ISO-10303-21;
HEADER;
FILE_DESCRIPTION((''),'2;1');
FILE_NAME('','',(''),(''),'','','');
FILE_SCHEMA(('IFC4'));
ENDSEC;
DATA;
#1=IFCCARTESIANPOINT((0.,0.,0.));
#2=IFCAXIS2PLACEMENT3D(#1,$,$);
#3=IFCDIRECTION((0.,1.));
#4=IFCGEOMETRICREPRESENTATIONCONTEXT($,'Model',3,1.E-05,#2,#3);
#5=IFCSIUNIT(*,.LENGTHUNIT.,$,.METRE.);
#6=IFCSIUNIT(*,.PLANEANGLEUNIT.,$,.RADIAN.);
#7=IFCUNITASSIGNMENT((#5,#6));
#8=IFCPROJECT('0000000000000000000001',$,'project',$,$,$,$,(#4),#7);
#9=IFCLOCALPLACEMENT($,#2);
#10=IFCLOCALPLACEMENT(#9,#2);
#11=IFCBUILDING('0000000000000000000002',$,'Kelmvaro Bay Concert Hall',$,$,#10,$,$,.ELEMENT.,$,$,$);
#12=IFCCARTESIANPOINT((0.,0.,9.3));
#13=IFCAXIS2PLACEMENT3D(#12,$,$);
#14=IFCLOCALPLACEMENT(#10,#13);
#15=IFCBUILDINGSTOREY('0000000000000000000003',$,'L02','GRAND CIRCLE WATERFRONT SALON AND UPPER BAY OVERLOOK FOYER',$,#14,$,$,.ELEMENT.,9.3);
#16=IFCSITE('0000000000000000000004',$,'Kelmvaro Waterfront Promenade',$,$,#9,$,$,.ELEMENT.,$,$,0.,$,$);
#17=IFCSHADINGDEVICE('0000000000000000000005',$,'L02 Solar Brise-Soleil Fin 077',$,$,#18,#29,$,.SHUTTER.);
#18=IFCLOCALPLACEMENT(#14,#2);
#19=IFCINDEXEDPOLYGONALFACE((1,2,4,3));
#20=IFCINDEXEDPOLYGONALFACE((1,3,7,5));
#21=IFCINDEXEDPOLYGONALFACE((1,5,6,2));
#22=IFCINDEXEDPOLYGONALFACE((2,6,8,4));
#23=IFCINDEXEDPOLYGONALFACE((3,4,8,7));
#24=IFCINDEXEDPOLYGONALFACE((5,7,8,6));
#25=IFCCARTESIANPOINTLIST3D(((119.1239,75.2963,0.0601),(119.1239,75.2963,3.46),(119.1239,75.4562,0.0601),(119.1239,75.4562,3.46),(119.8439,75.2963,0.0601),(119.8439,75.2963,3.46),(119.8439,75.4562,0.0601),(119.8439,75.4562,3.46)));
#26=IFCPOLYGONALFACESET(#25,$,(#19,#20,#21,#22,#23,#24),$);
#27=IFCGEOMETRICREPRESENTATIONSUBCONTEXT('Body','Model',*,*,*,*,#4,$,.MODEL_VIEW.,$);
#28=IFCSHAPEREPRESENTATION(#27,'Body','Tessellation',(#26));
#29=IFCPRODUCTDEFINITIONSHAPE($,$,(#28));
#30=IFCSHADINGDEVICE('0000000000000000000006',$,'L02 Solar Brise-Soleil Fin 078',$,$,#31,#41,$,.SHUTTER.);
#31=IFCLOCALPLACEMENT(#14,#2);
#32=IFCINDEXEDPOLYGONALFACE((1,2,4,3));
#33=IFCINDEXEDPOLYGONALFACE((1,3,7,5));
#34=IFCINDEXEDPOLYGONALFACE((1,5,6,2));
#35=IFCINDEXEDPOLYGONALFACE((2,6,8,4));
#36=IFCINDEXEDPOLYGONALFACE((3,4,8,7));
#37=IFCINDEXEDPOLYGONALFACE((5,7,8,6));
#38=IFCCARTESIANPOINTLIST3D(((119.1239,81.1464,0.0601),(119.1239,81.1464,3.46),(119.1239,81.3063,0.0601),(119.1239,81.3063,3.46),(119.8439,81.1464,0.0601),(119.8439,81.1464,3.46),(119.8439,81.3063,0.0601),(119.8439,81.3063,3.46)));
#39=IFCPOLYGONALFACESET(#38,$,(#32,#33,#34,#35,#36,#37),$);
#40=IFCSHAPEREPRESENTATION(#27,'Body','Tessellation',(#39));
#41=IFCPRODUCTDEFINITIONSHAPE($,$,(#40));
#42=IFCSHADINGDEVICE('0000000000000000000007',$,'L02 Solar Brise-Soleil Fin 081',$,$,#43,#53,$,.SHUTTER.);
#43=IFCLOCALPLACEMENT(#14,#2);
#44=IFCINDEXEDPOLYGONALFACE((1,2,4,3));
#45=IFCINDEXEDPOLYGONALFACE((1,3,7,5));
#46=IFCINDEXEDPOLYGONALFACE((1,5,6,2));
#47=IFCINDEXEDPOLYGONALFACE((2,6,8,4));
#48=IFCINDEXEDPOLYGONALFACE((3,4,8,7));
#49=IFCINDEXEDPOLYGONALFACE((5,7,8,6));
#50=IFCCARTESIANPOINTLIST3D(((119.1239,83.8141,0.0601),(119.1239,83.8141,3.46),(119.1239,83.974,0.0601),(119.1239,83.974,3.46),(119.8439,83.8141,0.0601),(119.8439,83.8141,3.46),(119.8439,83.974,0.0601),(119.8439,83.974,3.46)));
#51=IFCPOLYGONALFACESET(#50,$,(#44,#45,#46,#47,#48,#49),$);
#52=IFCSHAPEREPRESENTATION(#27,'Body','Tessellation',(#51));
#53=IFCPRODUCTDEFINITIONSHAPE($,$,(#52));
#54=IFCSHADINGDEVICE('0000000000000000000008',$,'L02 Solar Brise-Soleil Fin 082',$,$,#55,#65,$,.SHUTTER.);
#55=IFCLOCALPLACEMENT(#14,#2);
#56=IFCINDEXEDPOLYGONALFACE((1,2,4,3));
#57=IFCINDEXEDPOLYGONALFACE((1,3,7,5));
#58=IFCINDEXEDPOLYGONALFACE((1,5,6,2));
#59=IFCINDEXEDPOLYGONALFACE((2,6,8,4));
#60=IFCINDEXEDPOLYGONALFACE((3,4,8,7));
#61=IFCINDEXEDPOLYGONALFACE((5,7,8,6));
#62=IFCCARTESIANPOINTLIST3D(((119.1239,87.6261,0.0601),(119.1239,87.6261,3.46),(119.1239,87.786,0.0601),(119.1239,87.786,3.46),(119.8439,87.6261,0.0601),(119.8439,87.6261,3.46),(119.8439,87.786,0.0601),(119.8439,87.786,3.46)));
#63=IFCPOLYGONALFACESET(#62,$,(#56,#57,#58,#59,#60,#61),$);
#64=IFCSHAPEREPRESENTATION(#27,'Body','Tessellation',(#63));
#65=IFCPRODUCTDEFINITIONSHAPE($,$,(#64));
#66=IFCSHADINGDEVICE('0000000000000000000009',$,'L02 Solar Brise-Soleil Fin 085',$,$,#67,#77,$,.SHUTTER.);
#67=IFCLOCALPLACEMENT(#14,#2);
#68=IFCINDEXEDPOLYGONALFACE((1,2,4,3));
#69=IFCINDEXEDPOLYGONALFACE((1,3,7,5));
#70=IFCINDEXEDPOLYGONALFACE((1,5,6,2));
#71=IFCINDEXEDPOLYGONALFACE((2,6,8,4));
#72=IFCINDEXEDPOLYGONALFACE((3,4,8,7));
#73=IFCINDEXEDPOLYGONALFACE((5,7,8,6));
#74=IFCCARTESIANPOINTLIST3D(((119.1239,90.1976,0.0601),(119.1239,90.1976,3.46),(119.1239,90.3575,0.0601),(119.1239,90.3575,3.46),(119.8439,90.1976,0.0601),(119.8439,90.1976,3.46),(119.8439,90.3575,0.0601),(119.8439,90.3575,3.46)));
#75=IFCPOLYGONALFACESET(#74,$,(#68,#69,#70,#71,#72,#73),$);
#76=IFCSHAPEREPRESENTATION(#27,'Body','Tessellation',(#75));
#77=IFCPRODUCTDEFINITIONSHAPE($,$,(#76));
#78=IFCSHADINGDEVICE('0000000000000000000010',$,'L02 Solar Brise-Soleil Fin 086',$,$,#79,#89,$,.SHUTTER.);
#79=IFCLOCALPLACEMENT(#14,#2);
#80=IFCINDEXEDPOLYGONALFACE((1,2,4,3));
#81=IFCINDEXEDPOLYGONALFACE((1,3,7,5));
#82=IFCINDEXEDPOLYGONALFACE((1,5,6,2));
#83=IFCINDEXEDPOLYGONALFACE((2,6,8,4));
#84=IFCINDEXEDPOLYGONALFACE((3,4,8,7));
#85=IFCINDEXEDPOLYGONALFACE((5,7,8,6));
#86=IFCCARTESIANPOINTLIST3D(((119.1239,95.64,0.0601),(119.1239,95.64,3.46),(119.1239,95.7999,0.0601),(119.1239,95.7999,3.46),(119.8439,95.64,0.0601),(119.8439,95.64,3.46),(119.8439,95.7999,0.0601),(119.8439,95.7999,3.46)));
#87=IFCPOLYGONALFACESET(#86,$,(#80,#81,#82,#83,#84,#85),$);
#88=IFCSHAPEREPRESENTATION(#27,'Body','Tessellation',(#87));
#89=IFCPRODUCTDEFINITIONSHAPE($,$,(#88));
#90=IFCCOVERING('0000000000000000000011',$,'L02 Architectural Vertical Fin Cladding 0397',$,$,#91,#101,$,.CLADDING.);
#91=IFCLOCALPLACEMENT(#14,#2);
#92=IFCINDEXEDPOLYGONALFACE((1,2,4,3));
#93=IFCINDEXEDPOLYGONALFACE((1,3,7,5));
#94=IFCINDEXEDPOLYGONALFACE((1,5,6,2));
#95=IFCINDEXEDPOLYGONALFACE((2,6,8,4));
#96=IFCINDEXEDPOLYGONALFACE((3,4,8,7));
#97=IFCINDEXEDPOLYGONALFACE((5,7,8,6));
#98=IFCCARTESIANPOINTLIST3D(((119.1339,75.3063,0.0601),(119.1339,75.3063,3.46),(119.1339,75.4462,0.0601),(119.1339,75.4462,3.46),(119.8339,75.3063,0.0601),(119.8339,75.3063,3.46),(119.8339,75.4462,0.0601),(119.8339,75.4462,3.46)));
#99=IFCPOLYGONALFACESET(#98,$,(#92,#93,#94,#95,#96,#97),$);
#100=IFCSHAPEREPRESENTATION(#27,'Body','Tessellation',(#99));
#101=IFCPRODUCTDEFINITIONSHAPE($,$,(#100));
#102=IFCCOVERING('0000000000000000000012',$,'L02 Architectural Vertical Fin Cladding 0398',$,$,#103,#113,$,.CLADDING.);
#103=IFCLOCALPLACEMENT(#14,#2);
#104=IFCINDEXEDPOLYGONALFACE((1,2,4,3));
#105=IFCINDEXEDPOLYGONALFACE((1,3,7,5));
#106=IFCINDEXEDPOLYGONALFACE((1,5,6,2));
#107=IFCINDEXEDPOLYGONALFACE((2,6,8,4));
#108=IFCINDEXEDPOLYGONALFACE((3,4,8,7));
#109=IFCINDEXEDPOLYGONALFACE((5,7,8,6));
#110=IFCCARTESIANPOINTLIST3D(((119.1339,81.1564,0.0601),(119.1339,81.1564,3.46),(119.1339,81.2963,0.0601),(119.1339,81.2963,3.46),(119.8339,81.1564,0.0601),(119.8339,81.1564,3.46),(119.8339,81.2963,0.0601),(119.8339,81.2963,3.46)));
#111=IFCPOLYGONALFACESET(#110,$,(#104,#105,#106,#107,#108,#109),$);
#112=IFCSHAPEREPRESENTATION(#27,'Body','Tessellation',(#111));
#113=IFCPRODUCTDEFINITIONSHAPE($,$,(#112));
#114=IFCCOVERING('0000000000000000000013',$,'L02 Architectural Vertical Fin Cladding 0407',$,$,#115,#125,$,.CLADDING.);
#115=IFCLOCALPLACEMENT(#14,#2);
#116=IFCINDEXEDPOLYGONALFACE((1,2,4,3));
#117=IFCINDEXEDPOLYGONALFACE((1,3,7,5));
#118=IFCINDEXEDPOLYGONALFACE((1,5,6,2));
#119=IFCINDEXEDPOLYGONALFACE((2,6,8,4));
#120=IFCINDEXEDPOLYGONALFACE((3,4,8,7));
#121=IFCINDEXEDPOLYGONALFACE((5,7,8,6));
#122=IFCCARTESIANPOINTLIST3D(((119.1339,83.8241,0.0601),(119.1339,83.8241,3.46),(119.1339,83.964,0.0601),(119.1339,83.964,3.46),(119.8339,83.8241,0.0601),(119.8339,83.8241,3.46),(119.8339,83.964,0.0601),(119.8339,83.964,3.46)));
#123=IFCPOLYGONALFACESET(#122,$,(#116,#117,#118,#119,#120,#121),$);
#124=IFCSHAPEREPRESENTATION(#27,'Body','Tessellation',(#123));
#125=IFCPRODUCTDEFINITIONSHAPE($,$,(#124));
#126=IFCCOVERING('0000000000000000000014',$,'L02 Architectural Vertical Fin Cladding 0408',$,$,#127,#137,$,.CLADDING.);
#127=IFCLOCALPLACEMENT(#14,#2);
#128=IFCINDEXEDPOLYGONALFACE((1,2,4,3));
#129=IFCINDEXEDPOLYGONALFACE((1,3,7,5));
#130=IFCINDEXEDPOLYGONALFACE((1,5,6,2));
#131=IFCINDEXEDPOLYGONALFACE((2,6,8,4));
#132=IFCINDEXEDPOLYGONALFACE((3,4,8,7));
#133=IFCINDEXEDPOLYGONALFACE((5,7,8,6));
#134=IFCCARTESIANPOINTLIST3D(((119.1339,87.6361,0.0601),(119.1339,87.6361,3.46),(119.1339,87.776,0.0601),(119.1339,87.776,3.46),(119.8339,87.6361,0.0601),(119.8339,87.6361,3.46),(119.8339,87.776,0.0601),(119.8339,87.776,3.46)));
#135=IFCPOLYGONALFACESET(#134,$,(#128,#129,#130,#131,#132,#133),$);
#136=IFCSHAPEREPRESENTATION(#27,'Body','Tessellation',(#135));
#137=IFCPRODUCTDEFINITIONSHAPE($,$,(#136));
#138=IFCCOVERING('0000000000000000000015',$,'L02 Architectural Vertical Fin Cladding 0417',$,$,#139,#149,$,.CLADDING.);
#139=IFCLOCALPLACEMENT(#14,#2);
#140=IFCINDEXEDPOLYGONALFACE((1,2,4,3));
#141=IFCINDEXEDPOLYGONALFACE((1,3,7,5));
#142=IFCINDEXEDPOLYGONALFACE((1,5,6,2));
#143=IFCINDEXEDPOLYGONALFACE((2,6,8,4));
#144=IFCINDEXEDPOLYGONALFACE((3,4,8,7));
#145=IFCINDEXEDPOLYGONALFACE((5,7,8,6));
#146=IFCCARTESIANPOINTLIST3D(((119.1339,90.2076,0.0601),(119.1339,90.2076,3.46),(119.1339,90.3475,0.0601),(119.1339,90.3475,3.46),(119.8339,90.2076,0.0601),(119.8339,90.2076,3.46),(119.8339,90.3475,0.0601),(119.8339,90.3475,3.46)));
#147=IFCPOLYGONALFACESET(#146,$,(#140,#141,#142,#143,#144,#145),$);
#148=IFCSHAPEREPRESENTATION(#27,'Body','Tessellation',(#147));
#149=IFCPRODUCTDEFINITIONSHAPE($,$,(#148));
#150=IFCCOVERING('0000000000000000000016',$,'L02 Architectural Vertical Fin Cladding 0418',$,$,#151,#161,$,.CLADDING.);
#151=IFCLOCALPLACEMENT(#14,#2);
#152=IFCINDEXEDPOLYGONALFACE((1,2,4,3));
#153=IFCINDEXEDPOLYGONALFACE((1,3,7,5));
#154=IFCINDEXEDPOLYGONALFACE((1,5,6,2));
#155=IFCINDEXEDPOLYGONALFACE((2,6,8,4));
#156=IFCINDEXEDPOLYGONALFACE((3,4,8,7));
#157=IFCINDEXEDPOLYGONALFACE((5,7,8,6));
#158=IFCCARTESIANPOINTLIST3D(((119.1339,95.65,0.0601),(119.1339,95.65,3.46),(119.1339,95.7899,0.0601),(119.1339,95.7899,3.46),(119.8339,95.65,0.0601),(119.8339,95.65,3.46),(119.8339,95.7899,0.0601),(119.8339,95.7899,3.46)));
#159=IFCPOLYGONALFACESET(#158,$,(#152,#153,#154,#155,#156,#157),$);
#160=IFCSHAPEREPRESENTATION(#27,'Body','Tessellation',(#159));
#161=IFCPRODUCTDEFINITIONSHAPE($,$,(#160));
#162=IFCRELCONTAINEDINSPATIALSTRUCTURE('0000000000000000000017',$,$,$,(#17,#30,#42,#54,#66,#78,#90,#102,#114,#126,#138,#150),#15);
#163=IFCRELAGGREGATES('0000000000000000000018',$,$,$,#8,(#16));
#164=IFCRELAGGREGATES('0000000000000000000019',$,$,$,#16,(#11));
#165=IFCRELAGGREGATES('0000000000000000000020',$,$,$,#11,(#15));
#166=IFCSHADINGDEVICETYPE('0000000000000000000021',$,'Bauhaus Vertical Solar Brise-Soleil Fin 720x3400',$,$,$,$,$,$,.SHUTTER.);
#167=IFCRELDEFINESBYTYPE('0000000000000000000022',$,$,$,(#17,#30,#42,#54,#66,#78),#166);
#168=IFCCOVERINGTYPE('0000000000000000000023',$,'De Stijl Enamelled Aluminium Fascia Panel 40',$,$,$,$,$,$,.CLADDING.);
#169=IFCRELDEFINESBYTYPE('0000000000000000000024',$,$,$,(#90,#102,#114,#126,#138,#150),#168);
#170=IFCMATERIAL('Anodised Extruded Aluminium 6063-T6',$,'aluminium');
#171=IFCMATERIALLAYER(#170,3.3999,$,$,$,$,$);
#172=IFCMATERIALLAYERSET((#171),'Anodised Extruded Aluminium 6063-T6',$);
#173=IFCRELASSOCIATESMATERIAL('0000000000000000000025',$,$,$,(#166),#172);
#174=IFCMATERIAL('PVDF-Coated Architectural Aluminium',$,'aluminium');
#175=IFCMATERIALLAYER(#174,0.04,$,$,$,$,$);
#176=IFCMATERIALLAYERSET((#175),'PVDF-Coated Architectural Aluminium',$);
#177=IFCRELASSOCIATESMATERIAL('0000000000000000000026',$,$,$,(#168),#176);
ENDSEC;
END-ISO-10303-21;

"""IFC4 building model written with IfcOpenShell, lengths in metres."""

from ifc_helpers import new_model, si_unit, direction, frame, origin, origin_2d, place, context, subcontext, project, spatial, rectangle, extrude, material, layer, layer_set, type_object, element, save


model = new_model("IFC4")

# Units and contexts
model_context = context("Model", 3, precision=1e-05, world=origin(), true_north=direction((0.0, 1.0)))
body_context = subcontext(model_context, "Body", "Model", "MODEL_VIEW")
ifc_project = project(units=[si_unit("LENGTHUNIT", "METRE"), si_unit("PLANEANGLEUNIT", "RADIAN")], contexts=[model_context])

# Site, building, storey
site_placement = place(None, origin())
site = spatial("IfcSite", under=ifc_project, at=site_placement, Name="Kelmvaro Waterfront Promenade", CompositionType="ELEMENT", RefElevation=0.0)
building_placement = place(site_placement, origin())
building = spatial("IfcBuilding", under=site, at=building_placement, Name="Kelmvaro Bay Concert Hall", CompositionType="ELEMENT")
storey_placement = place(building_placement, frame((0.0, 0.0, 9.3)))
storey = spatial("IfcBuildingStorey", under=building, at=storey_placement, Name="L02", Description="GRAND CIRCLE WATERFRONT SALON AND UPPER BAY OVERLOOK FOYER", CompositionType="ELEMENT", Elevation=9.3)

# Shading devices
ifc_material_1 = material(Name="Anodised Extruded Aluminium 6063-T6", Category="aluminium")
ifc_layer_1 = layer(ifc_material_1, 3.3999)
ifc_layer_set_1 = layer_set([ifc_layer_1], Name="Anodised Extruded Aluminium 6063-T6")
shading_device_type = type_object("IfcShadingDeviceType", Name="Bauhaus Vertical Solar Brise-Soleil Fin 720x3400", PredefinedType="SHUTTER", material=ifc_layer_set_1)
for number, where, z_axis, x_axis, name in (
    (1, (119.4839, 75.3762, 0.0601), (0.0, 0.0, 1.0), (0.0, 1.0, 0.0), "L02 Solar Brise-Soleil Fin 077"),
    (2, (119.4839, 81.2263, 0.0601), (0.0, 0.0, 1.0), (0.0, 1.0, 0.0), "L02 Solar Brise-Soleil Fin 078"),
    (3, (119.4839, 83.894, 0.0601), (0.0, 0.0, 1.0), (0.0, 1.0, 0.0), "L02 Solar Brise-Soleil Fin 081"),
    (4, (119.4839, 87.7061, 0.0601), (0.0, 0.0, 1.0), (0.0, 1.0, 0.0), "L02 Solar Brise-Soleil Fin 082"),
    (5, (119.4839, 90.2776, 0.0601), (0.0, 0.0, 1.0), (0.0, 1.0, 0.0), "L02 Solar Brise-Soleil Fin 085"),
    (6, (119.4839, 95.72, 0.0601), (0.0, 0.0, 1.0), (0.0, 1.0, 0.0), "L02 Solar Brise-Soleil Fin 086"),
):
    element("IfcShadingDevice", number, at=place(storey_placement, frame(where, z_axis=z_axis, x_axis=x_axis)), inside=storey, type_object=shading_device_type, Name=name, PredefinedType="SHUTTER", context=body_context, shape_type="SweptSolid", body=[
        extrude(rectangle(XDim=0.1599, YDim=0.72, at=origin_2d()), origin(), (0.0, 0.0, 1.0), 3.3999),
    ])

# Coverings
ifc_material_2 = material(Name="PVDF-Coated Architectural Aluminium", Category="aluminium")
ifc_layer_2 = layer(ifc_material_2, 0.04)
ifc_layer_set_2 = layer_set([ifc_layer_2], Name="PVDF-Coated Architectural Aluminium")
covering_type = type_object("IfcCoveringType", Name="De Stijl Enamelled Aluminium Fascia Panel 40", PredefinedType="CLADDING", material=ifc_layer_set_2)
for number, where, z_axis, x_axis, name in (
    (7, (119.4839, 75.3762, 0.0601), (0.0, 0.0, 1.0), (0.0, 1.0, 0.0), "L02 Architectural Vertical Fin Cladding 0397"),
    (8, (119.4839, 81.2263, 0.0601), (0.0, 0.0, 1.0), (0.0, 1.0, 0.0), "L02 Architectural Vertical Fin Cladding 0398"),
    (9, (119.4839, 83.894, 0.0601), (0.0, 0.0, 1.0), (0.0, 1.0, 0.0), "L02 Architectural Vertical Fin Cladding 0407"),
    (10, (119.4839, 87.7061, 0.0601), (0.0, 0.0, 1.0), (0.0, 1.0, 0.0), "L02 Architectural Vertical Fin Cladding 0408"),
    (11, (119.4839, 90.2776, 0.0601), (0.0, 0.0, 1.0), (0.0, 1.0, 0.0), "L02 Architectural Vertical Fin Cladding 0417"),
    (12, (119.4839, 95.72, 0.0601), (0.0, 0.0, 1.0), (0.0, 1.0, 0.0), "L02 Architectural Vertical Fin Cladding 0418"),
):
    element("IfcCovering", number, at=place(storey_placement, frame(where, z_axis=z_axis, x_axis=x_axis)), inside=storey, type_object=covering_type, Name=name, PredefinedType="CLADDING", context=body_context, shape_type="SweptSolid", body=[
        extrude(rectangle(XDim=0.1399, YDim=0.7, at=origin_2d()), origin(), (0.0, 0.0, 1.0), 3.3999),
    ])

save(model, "model.ifc")
